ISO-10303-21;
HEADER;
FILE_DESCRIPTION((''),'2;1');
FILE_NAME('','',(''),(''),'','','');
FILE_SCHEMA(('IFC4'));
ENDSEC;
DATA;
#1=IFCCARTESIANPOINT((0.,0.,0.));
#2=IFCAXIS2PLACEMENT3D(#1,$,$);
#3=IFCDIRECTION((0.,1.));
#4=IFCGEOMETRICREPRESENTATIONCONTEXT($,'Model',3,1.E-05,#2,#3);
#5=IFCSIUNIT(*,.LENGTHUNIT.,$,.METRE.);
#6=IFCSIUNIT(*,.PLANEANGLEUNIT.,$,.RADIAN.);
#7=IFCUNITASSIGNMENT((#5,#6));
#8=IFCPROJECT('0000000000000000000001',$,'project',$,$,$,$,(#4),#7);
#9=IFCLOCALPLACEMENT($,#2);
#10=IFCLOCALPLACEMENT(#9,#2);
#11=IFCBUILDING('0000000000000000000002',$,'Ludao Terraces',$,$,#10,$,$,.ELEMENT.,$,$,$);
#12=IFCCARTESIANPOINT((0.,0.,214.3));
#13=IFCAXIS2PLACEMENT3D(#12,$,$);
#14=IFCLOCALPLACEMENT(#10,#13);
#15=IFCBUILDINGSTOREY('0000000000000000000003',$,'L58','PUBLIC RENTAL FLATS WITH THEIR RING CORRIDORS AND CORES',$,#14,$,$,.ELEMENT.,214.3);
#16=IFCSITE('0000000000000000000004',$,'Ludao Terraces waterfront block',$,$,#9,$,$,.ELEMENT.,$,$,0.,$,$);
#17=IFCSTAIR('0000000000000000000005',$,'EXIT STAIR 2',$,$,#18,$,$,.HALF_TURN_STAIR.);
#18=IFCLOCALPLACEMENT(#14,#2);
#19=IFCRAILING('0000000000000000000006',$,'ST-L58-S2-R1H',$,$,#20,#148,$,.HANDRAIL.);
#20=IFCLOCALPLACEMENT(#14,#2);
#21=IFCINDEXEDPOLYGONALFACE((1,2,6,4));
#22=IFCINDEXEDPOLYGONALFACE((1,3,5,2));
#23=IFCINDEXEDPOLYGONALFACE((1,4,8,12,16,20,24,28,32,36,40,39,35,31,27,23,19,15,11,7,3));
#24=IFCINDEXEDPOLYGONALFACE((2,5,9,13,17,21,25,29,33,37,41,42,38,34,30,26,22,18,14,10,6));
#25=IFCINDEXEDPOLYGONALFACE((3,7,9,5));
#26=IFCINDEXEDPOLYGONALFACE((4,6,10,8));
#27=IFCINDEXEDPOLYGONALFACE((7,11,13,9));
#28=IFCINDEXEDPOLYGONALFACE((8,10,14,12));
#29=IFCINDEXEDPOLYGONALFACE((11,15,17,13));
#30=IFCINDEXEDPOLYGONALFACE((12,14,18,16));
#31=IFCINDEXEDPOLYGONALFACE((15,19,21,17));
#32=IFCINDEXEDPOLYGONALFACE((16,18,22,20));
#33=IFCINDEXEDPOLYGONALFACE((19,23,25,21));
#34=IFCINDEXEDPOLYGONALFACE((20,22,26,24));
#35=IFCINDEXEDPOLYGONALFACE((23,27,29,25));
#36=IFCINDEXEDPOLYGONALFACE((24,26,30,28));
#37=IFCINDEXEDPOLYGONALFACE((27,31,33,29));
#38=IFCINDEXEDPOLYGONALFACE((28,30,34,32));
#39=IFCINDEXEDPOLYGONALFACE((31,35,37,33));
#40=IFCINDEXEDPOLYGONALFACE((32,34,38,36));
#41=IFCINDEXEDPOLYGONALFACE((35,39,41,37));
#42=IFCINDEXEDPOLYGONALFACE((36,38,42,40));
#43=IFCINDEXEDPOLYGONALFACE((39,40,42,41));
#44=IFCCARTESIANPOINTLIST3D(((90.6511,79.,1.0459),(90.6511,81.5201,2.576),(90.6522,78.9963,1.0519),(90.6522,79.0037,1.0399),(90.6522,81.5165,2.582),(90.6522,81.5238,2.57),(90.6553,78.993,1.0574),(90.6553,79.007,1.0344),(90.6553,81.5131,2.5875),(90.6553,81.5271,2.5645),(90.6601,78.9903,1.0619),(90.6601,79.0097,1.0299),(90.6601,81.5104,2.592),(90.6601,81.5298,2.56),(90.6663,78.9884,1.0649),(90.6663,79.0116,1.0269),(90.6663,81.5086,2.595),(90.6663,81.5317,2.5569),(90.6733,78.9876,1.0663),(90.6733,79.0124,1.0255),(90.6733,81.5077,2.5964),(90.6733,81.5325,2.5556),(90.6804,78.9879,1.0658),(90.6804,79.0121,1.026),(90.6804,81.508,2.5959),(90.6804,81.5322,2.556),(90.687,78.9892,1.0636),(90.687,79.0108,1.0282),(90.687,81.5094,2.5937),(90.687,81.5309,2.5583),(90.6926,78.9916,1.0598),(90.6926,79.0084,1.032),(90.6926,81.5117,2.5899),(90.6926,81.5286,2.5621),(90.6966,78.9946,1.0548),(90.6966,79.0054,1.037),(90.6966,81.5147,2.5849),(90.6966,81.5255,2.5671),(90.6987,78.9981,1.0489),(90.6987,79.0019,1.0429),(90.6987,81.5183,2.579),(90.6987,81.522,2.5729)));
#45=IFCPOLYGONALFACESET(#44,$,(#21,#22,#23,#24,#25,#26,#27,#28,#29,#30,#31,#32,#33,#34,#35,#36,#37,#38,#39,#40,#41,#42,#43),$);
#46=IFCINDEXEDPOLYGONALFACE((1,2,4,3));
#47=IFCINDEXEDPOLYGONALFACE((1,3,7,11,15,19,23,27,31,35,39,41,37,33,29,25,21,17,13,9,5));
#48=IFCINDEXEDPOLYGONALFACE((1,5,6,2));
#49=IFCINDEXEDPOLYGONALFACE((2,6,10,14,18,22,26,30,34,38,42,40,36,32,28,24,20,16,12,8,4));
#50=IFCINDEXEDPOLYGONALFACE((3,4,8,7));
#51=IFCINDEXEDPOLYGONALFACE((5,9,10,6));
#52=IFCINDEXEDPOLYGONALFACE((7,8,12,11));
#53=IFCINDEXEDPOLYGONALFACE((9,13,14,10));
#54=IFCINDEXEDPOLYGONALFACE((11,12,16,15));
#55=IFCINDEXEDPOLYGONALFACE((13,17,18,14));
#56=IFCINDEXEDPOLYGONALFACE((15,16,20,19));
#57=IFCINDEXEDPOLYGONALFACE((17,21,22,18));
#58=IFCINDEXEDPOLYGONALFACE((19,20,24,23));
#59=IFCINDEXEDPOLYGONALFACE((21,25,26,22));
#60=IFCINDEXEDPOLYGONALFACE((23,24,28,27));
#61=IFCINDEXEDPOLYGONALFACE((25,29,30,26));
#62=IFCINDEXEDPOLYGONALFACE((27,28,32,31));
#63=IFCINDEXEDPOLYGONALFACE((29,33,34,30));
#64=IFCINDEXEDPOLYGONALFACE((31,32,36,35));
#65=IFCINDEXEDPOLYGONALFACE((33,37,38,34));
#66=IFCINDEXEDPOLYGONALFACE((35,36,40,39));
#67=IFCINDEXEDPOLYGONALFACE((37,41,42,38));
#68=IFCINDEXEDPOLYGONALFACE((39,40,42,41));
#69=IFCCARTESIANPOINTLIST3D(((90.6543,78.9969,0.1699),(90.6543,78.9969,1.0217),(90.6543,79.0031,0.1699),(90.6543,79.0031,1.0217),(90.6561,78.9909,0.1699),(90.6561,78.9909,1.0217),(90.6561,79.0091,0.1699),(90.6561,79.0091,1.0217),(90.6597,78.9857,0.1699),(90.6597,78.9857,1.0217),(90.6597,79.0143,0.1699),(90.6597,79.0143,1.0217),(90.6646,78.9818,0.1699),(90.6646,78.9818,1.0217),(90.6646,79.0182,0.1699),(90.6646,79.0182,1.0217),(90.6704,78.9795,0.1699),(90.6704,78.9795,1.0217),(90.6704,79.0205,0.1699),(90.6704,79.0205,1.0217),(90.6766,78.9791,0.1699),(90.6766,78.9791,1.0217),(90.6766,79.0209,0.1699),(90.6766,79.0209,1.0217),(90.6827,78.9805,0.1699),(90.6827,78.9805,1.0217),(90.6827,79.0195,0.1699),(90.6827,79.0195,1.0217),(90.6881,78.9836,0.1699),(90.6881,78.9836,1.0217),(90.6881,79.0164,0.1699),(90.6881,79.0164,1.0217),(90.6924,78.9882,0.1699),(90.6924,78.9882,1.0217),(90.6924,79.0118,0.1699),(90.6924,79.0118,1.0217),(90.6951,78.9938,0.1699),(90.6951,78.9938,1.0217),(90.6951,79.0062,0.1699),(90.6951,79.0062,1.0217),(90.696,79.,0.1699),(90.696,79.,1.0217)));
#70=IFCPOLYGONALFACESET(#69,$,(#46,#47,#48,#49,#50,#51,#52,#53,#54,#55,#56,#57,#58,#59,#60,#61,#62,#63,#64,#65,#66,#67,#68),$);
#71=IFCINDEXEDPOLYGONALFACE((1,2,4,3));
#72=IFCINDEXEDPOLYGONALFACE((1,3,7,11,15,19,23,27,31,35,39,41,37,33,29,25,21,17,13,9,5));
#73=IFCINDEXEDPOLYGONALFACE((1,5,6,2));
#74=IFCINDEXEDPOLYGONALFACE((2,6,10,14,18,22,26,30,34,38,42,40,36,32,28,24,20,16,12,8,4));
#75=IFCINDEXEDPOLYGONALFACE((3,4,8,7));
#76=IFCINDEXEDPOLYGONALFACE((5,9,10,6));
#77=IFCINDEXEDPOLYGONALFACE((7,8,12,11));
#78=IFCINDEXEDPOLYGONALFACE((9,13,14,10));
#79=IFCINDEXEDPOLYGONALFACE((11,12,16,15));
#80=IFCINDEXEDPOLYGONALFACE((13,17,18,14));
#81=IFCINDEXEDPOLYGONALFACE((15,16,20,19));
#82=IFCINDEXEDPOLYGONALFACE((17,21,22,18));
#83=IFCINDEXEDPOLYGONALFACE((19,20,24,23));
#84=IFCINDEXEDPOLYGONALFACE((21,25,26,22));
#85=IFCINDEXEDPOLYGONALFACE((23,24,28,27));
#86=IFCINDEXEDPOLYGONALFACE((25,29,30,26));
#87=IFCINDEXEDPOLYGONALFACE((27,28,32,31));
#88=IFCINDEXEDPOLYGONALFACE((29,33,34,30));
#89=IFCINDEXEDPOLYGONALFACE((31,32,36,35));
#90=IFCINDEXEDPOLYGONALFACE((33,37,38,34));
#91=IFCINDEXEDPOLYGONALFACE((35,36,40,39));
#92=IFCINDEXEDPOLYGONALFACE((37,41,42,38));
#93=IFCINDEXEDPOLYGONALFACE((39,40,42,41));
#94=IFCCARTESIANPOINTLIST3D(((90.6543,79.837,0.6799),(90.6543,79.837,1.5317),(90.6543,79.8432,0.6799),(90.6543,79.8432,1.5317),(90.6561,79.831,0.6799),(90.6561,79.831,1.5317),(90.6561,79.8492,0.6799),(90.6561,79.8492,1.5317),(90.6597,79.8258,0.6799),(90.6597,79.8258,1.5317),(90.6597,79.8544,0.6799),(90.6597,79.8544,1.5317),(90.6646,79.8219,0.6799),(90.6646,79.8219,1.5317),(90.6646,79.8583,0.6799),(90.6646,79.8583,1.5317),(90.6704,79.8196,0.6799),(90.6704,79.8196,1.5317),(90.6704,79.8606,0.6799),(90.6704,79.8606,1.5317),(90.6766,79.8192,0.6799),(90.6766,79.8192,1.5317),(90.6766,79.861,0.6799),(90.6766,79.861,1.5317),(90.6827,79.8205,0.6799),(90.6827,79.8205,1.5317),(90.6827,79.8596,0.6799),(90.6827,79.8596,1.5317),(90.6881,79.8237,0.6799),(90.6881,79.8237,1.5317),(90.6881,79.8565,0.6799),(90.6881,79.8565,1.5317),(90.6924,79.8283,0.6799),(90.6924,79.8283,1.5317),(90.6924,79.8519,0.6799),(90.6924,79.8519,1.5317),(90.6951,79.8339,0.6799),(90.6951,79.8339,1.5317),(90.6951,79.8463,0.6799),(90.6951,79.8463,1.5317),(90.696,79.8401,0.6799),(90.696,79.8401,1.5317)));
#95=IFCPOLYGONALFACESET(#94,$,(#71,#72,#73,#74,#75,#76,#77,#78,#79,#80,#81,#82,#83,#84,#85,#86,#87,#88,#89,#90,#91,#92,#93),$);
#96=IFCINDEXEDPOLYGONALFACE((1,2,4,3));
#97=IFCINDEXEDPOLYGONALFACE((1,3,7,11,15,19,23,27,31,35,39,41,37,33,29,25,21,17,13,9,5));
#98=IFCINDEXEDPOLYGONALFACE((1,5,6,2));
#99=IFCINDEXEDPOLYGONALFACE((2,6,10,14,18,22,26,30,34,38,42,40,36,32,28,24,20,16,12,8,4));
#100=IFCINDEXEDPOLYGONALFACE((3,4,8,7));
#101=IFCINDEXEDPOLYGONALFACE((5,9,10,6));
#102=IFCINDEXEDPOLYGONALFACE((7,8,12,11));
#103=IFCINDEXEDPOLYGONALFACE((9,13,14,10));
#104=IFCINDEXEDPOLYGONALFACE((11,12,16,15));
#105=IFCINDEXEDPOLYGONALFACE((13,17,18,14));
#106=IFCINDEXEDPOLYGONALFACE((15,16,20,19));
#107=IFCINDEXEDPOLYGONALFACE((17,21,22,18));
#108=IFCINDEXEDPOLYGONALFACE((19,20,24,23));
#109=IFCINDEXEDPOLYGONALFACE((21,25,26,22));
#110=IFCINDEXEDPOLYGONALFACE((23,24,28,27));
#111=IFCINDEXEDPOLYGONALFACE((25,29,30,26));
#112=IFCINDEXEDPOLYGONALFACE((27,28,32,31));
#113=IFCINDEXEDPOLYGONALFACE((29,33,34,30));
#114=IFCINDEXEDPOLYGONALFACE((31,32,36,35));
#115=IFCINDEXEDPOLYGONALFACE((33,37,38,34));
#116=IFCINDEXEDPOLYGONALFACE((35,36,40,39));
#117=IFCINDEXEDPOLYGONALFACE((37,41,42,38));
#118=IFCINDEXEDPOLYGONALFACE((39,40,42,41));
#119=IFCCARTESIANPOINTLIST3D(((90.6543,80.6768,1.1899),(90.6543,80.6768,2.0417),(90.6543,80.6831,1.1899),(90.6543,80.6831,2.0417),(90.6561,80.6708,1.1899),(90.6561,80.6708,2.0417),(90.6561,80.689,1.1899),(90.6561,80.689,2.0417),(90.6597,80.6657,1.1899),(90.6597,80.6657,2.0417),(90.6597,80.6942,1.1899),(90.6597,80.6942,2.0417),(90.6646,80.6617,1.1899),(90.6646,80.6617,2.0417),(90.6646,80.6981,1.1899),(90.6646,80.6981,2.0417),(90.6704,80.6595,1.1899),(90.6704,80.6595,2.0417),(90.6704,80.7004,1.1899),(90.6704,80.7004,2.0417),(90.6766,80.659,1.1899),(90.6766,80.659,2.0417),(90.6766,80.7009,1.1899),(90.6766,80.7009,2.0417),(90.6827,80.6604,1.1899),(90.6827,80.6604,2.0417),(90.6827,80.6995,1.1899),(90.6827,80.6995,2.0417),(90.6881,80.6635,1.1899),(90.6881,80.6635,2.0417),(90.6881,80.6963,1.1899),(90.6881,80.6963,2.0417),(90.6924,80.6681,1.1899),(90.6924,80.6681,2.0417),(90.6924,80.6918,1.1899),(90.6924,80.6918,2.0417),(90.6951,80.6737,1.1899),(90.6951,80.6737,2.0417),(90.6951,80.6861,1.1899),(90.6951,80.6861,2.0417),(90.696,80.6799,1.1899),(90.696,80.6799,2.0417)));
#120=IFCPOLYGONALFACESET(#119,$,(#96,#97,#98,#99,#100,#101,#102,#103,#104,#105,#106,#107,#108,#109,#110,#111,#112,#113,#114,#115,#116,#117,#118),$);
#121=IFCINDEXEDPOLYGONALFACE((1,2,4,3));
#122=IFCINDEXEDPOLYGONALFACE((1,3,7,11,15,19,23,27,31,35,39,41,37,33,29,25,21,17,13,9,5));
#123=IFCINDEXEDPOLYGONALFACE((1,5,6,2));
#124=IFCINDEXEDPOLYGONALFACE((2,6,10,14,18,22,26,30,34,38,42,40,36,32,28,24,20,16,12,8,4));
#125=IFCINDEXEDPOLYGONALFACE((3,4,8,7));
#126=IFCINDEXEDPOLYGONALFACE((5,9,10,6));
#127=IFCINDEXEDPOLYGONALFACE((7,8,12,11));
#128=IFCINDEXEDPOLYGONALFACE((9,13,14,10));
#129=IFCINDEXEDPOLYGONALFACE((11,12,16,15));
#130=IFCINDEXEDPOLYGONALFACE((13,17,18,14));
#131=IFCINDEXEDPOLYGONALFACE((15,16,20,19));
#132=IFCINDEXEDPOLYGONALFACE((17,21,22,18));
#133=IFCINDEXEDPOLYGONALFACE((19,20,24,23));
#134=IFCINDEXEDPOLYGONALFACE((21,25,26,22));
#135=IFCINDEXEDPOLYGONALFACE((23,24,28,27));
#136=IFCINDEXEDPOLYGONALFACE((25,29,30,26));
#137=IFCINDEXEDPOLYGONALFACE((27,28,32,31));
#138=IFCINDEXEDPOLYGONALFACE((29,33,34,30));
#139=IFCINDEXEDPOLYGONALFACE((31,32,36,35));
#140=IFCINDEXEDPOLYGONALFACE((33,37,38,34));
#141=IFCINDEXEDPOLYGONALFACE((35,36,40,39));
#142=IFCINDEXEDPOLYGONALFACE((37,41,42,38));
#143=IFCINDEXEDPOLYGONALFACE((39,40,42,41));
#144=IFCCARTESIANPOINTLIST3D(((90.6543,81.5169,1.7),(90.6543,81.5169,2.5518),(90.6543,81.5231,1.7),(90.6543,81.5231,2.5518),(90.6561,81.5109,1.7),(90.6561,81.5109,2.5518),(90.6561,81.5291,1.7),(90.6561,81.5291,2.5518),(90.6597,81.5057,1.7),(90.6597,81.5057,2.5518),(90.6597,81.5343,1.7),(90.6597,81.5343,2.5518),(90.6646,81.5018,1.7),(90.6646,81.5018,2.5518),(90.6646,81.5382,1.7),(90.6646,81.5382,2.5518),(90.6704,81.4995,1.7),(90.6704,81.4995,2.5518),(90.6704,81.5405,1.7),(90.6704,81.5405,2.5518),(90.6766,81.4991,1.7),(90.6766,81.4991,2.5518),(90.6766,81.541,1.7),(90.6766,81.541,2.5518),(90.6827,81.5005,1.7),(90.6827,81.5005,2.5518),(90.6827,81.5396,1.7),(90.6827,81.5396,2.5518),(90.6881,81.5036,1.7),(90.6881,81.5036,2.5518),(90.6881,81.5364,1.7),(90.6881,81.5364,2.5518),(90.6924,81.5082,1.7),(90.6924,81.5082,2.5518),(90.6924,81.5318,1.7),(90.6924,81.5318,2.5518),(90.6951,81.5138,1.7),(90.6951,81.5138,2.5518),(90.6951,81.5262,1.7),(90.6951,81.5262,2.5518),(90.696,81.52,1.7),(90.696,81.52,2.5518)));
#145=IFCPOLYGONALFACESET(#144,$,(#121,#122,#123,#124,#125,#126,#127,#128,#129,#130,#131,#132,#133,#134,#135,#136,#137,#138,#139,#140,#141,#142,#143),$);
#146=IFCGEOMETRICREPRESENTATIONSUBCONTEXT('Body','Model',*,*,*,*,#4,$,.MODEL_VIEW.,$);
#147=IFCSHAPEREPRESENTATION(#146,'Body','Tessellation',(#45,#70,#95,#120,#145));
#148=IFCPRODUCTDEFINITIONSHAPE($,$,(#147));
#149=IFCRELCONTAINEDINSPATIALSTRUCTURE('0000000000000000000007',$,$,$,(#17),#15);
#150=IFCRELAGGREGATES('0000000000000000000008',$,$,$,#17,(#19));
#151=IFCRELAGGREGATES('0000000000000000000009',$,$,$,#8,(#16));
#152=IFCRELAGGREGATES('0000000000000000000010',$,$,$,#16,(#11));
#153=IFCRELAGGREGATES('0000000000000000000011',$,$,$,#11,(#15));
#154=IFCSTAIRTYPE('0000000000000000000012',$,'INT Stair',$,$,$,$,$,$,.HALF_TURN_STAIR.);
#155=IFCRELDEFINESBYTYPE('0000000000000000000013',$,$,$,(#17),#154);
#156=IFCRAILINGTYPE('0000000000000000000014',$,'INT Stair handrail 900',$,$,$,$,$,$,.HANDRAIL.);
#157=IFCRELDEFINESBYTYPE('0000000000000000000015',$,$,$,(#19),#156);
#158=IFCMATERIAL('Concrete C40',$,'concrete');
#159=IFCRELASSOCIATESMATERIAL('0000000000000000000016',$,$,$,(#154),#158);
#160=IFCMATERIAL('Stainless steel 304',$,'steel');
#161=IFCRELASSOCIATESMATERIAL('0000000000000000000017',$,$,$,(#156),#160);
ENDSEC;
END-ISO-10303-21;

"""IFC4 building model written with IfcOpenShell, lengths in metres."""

from ifc_helpers import new_model, si_unit, direction, frame, origin, origin_2d, place, context, subcontext, project, spatial, circle, extrude, material, type_object, element, aggregate, save


model = new_model("IFC4")

# Units and contexts
model_context = context("Model", 3, precision=1e-05, world=origin(), true_north=direction((0.0, 1.0)))
body_context = subcontext(model_context, "Body", "Model", "MODEL_VIEW")
ifc_project = project(units=[si_unit("LENGTHUNIT", "METRE"), si_unit("PLANEANGLEUNIT", "RADIAN")], contexts=[model_context])

# Site, building, storey
site_placement = place(None, origin())
site = spatial("IfcSite", under=ifc_project, at=site_placement, Name="Ludao Terraces waterfront block", CompositionType="ELEMENT", RefElevation=0.0)
building_placement = place(site_placement, origin())
building = spatial("IfcBuilding", under=site, at=building_placement, Name="Ludao Terraces", CompositionType="ELEMENT")
storey_placement = place(building_placement, frame((0.0, 0.0, 214.3)))
storey = spatial("IfcBuildingStorey", under=building, at=storey_placement, Name="L58", Description="PUBLIC RENTAL FLATS WITH THEIR RING CORRIDORS AND CORES", CompositionType="ELEMENT", Elevation=214.3)

# Shared definitions
ifc_material_1 = material(Name="Stainless steel 304", Category="steel")

# Stair, railing
ifc_material_2 = material(Name="Concrete C40", Category="concrete")
stair_type = type_object("IfcStairType", Name="INT Stair", PredefinedType="HALF_TURN_STAIR", material=ifc_material_2)
stair_placement = place(storey_placement, origin())
stair = element("IfcStair", 1, at=stair_placement, inside=storey, type_object=stair_type, Name="EXIT STAIR 2", PredefinedType="HALF_TURN_STAIR")
railing_type_1 = type_object("IfcRailingType", Name="INT Stair handrail 900", PredefinedType="HANDRAIL", material=ifc_material_1)
railing_1_placement = place(storey_placement, frame((90.675, 79.0, 0.1699)))
railing_1 = element("IfcRailing", 2, at=railing_1_placement, type_object=railing_type_1, Name="ST-L58-S2-R1H", PredefinedType="HANDRAIL", context=body_context, shape_type="SweptSolid", body=[
    extrude(circle(Radius=0.0239, at=origin_2d()), frame((0.0, 0.0, 0.876), z_axis=(0.0, 0.854785, 0.518982), x_axis=(-1.0, 0.0, 0.0)), (0.0, 0.0, 1.0), 2.9482),
    extrude(circle(Radius=0.021, at=origin_2d()), origin(), (0.0, 0.0, 1.0), 0.8518),
    extrude(circle(Radius=0.021, at=origin_2d()), frame((0.0, 0.8401, 0.51)), (0.0, 0.0, 1.0), 0.8518),
    extrude(circle(Radius=0.021, at=origin_2d()), frame((0.0, 1.6799, 1.02)), (0.0, 0.0, 1.0), 0.8518),
    extrude(circle(Radius=0.021, at=origin_2d()), frame((0.0, 2.52, 1.53)), (0.0, 0.0, 1.0), 0.8518),
])
aggregate(stair, [railing_1])

save(model, "model.ifc")
